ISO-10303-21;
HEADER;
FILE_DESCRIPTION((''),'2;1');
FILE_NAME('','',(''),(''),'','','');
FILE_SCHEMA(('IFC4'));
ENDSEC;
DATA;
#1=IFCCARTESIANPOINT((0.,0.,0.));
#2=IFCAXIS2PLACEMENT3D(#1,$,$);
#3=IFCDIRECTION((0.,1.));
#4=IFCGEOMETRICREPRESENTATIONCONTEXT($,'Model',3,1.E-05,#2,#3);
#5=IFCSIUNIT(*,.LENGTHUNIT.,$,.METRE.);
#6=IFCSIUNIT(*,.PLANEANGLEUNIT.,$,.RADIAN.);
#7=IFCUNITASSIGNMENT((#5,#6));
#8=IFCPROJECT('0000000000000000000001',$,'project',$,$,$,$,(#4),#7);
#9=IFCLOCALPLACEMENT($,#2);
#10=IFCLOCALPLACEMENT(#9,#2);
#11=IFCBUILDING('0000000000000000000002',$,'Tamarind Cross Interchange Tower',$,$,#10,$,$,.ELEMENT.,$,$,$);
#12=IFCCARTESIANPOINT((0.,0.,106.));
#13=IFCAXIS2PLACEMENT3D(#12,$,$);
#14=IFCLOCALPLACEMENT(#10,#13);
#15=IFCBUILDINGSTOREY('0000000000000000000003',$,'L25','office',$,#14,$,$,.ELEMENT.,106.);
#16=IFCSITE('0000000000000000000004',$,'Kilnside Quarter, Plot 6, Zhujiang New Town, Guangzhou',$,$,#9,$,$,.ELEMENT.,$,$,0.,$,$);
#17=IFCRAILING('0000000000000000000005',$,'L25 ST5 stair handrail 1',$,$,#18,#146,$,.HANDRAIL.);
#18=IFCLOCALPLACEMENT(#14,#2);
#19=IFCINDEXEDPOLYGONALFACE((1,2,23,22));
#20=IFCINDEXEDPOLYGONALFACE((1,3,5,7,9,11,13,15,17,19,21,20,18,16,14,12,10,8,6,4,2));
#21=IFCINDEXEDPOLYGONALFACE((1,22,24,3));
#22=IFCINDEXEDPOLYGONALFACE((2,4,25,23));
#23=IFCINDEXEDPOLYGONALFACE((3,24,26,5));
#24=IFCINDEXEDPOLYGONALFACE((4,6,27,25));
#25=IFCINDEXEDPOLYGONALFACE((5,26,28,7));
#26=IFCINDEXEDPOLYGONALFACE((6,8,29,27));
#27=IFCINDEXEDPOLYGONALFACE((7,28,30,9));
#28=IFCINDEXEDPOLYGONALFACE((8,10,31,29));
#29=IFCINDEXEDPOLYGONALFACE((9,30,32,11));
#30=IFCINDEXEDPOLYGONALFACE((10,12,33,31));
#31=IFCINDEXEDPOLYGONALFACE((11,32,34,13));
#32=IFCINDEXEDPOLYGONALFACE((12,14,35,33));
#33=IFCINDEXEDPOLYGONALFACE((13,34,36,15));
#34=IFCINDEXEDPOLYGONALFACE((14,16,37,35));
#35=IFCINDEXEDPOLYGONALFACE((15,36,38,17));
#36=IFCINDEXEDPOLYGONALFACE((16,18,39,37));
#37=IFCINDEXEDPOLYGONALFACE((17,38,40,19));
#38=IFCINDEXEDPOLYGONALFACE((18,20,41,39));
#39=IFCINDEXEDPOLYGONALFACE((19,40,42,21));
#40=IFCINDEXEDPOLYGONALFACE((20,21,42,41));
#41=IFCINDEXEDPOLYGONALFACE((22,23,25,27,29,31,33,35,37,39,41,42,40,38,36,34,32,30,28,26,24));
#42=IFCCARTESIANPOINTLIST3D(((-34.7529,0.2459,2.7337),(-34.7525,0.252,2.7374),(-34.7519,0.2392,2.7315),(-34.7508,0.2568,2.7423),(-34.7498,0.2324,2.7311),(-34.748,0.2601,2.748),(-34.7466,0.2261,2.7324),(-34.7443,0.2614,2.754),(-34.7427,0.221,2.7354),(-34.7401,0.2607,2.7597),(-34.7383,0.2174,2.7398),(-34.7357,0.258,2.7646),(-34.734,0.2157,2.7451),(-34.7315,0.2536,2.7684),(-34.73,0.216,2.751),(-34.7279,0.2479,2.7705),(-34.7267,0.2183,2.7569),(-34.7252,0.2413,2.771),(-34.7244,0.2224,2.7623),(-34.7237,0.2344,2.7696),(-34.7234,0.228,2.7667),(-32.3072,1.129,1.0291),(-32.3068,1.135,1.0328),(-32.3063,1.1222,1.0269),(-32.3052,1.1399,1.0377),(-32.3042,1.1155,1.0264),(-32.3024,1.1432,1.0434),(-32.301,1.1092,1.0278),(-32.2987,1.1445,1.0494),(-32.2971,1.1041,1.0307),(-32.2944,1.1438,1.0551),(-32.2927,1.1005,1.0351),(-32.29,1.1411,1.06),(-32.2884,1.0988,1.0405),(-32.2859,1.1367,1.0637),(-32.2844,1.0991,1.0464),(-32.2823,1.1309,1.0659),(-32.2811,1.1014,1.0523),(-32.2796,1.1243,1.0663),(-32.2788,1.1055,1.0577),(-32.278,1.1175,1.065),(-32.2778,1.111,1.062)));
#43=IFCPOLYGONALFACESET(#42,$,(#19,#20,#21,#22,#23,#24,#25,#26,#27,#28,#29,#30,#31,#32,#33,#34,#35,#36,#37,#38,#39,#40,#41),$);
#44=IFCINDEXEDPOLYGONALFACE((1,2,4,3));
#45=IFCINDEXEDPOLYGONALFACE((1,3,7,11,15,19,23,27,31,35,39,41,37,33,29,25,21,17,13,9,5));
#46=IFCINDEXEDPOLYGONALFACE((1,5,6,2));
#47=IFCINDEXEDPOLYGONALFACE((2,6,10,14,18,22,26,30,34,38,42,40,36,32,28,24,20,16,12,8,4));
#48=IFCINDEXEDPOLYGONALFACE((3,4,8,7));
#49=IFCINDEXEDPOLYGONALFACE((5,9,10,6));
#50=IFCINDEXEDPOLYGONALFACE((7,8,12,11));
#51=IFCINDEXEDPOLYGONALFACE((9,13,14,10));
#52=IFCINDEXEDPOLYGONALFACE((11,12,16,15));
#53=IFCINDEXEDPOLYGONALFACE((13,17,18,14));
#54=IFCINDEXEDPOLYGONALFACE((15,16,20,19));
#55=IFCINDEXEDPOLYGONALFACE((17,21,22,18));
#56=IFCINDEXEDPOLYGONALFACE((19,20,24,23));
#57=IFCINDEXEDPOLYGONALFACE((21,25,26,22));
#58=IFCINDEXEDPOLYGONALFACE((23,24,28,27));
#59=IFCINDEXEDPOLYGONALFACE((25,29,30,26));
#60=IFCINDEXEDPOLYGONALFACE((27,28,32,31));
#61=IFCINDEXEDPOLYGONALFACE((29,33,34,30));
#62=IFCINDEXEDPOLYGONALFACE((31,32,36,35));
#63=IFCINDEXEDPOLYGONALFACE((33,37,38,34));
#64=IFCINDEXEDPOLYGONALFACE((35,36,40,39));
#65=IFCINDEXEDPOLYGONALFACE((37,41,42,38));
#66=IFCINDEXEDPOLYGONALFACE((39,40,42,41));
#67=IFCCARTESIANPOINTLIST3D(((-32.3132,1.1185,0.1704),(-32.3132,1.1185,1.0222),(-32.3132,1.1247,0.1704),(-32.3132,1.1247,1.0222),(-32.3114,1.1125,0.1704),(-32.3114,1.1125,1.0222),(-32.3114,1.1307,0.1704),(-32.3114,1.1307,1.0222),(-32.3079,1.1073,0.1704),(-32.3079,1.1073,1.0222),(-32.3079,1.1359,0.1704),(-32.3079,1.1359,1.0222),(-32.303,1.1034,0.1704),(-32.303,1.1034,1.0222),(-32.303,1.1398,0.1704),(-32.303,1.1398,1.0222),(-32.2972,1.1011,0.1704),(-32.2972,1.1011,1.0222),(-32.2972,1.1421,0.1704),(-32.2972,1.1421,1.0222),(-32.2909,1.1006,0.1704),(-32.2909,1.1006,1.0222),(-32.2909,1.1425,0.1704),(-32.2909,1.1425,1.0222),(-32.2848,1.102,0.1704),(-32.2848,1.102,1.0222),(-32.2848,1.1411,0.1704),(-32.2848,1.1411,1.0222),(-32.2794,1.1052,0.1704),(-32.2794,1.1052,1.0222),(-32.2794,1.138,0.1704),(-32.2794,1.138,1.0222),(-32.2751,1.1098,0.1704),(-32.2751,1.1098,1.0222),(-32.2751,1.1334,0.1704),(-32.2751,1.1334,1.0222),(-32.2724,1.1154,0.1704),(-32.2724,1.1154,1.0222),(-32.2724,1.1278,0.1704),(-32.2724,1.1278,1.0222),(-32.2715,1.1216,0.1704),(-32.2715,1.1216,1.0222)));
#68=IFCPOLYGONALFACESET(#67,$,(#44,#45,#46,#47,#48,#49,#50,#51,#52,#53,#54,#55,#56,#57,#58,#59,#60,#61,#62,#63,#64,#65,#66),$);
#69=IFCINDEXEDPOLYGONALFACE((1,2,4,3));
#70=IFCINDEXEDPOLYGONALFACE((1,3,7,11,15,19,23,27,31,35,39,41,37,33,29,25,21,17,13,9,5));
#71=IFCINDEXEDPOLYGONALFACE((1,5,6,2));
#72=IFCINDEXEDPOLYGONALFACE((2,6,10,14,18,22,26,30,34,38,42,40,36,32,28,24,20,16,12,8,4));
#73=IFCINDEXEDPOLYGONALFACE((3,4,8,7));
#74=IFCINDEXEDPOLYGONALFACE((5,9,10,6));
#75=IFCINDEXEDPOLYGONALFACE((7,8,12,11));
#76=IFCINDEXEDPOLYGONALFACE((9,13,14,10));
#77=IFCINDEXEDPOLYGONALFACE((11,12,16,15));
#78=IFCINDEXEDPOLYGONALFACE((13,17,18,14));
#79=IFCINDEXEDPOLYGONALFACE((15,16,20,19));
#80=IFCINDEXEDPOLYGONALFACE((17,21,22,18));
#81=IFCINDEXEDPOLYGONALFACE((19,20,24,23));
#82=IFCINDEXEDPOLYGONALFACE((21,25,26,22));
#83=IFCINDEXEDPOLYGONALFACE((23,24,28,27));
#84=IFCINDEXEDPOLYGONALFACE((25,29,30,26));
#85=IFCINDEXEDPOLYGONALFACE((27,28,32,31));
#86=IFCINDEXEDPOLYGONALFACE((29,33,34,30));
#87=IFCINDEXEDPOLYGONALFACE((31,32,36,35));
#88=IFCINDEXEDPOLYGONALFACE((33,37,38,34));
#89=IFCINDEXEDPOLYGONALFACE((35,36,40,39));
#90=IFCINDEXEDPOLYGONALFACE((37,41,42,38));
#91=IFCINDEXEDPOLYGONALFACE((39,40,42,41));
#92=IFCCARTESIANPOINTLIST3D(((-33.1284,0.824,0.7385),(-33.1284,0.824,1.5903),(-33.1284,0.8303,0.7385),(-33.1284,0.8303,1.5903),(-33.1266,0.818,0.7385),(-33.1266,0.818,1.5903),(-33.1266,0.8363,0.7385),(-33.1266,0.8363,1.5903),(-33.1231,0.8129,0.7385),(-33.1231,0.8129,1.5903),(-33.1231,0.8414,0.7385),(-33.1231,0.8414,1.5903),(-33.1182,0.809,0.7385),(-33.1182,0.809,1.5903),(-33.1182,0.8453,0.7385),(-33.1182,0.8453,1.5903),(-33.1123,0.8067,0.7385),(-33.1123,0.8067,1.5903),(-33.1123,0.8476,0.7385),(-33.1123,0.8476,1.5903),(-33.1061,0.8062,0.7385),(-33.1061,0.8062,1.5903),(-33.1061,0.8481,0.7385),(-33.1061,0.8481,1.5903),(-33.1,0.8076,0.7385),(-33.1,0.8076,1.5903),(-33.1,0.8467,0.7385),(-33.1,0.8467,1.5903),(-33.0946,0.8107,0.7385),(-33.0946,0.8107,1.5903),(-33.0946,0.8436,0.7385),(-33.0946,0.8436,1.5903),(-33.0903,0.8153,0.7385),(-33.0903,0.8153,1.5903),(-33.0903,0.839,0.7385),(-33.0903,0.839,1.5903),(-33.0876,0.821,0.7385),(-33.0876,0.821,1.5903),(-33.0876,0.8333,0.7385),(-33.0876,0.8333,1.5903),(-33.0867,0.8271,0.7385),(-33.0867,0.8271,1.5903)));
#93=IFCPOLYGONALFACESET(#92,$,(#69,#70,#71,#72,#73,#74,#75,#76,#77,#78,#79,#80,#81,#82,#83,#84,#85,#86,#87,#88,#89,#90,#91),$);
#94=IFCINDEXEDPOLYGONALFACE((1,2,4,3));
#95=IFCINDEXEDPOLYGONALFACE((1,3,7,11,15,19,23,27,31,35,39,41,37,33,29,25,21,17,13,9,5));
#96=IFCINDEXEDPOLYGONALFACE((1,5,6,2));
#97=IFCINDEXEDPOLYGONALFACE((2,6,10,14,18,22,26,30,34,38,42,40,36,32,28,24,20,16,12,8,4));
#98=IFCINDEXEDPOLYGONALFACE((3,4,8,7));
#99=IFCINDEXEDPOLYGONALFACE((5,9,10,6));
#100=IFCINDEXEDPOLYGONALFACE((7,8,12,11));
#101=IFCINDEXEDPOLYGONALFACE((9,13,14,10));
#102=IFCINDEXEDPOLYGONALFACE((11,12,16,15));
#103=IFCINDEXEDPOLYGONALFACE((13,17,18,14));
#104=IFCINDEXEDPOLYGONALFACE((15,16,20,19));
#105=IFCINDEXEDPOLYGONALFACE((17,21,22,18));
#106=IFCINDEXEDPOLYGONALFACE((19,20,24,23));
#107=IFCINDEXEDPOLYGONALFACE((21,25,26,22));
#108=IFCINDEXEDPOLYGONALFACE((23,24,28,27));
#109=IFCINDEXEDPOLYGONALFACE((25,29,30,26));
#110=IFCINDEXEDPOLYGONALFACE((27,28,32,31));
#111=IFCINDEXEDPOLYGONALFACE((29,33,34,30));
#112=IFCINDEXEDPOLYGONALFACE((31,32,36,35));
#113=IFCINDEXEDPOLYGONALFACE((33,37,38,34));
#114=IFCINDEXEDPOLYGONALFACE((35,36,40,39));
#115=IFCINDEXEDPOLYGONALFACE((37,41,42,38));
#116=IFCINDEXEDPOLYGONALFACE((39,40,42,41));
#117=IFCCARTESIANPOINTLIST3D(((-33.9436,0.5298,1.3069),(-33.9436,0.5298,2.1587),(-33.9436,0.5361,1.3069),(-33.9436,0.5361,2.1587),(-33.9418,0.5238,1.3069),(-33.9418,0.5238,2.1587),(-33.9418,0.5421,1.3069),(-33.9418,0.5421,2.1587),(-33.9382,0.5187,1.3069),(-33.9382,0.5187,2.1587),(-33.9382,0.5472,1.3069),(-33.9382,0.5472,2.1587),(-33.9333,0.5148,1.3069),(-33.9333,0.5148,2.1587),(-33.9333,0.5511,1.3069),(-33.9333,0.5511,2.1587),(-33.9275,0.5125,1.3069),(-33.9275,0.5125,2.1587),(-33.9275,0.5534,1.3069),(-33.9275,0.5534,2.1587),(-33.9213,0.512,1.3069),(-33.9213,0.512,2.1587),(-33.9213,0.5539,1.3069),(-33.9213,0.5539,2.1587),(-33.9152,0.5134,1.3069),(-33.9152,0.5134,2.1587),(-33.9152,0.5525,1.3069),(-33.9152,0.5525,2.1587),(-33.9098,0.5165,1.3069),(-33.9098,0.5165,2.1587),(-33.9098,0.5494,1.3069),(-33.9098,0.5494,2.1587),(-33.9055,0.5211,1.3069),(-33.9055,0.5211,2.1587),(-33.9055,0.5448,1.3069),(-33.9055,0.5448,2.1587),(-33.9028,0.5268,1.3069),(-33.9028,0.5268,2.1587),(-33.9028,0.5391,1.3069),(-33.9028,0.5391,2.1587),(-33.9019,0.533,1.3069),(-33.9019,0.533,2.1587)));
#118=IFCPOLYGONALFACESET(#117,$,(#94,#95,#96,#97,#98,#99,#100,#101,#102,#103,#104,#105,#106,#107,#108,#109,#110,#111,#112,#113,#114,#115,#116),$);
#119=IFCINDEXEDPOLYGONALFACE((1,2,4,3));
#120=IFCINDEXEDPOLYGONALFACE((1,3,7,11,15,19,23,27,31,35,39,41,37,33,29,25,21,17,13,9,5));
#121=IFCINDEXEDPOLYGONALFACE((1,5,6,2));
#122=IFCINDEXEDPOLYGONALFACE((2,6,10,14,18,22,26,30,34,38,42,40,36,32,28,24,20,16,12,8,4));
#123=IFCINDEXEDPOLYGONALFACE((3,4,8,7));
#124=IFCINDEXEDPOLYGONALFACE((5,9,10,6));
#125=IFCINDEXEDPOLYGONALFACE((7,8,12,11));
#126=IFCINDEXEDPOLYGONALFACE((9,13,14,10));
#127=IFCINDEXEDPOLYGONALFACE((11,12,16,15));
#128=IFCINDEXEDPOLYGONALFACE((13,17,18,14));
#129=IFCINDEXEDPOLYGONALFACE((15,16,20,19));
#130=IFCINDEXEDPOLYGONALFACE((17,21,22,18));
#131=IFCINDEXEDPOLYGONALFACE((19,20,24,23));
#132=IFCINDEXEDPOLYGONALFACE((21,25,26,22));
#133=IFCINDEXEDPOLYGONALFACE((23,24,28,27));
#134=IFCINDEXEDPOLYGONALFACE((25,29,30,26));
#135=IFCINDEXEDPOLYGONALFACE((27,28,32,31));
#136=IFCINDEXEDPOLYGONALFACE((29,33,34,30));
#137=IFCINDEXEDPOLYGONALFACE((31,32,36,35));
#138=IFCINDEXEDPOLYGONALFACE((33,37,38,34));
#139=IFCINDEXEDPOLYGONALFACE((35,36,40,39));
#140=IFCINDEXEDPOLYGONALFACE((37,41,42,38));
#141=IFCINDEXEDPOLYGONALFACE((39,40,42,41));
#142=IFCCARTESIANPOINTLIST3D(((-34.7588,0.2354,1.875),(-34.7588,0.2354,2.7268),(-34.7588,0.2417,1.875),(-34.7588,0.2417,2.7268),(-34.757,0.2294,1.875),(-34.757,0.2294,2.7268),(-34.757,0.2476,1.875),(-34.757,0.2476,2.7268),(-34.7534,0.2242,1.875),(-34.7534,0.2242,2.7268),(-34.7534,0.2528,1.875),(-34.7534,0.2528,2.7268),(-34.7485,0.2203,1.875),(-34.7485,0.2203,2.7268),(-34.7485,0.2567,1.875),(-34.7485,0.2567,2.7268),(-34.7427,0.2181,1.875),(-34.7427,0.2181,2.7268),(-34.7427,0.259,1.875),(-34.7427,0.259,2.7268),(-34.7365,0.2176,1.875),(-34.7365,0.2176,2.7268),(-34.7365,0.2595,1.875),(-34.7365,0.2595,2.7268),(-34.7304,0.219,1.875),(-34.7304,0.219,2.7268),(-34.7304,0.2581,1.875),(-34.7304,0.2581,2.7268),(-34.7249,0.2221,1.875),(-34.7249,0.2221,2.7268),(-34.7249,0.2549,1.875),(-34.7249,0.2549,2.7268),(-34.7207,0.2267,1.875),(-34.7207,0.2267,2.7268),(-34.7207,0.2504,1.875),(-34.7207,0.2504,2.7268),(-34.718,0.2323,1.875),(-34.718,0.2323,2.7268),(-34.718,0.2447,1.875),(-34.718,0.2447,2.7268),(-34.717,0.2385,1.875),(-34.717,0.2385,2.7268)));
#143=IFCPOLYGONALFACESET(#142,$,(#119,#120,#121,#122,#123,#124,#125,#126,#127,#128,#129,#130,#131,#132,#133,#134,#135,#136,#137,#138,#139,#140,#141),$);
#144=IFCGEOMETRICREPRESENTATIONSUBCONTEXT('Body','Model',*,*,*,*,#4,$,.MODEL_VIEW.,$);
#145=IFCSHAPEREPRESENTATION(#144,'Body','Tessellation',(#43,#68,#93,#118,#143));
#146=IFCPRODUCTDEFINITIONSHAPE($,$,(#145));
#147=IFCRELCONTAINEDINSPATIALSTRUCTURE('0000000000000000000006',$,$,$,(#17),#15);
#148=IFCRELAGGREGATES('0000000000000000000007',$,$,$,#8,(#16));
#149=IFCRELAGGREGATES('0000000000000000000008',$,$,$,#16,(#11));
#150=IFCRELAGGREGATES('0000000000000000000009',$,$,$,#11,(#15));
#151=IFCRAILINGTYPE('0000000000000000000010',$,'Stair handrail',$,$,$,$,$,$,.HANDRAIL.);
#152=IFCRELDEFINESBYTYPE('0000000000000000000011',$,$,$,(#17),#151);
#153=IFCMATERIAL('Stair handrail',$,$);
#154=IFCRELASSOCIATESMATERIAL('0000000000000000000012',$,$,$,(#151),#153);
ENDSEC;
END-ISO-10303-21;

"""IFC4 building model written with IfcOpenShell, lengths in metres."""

from ifc_helpers import new_model, si_unit, direction, frame, origin, origin_2d, place, context, subcontext, project, spatial, circle, extrude, material, type_object, element, save


model = new_model("IFC4")

# Units and contexts
model_context = context("Model", 3, precision=1e-05, world=origin(), true_north=direction((0.0, 1.0)))
body_context = subcontext(model_context, "Body", "Model", "MODEL_VIEW")
ifc_project = project(units=[si_unit("LENGTHUNIT", "METRE"), si_unit("PLANEANGLEUNIT", "RADIAN")], contexts=[model_context])

# Site, building, storey
site_placement = place(None, origin())
site = spatial("IfcSite", under=ifc_project, at=site_placement, Name="Kilnside Quarter, Plot 6, Zhujiang New Town, Guangzhou", CompositionType="ELEMENT", RefElevation=0.0)
building_placement = place(site_placement, origin())
building = spatial("IfcBuilding", under=site, at=building_placement, Name="Tamarind Cross Interchange Tower", CompositionType="ELEMENT")
storey_placement = place(building_placement, frame((0.0, 0.0, 106.0)))
storey = spatial("IfcBuildingStorey", under=building, at=storey_placement, Name="L25", Description="office", CompositionType="ELEMENT", Elevation=106.0)

# Railing
ifc_material_1 = material(Name="Stair handrail")
railing_type = type_object("IfcRailingType", Name="Stair handrail", PredefinedType="HANDRAIL", material=ifc_material_1)
railing_placement = place(storey_placement, frame((-32.2925, 1.1216, 0.1704)))
element("IfcRailing", 1, at=railing_placement, inside=storey, type_object=railing_type, Name="L25 ST5 stair handrail 1", PredefinedType="HANDRAIL", context=body_context, shape_type="SweptSolid", body=[
    extrude(circle(Radius=0.0239, at=origin_2d()), frame((0.0, 0.0, 0.876), z_axis=(-0.786594, -0.284028, 0.548268), x_axis=(0.339624, -0.940561, 0.0)), (0.0, 0.0, 1.0), 3.1091),
    extrude(circle(Radius=0.021, at=origin_2d()), origin(), (0.0, 0.0, 1.0), 0.8518),
    extrude(circle(Radius=0.021, at=origin_2d()), frame((-0.8152, -0.2944, 0.5681)), (0.0, 0.0, 1.0), 0.8518),
    extrude(circle(Radius=0.021, at=origin_2d()), frame((-1.6304, -0.5886, 1.1365)), (0.0, 0.0, 1.0), 0.8518),
    extrude(circle(Radius=0.021, at=origin_2d()), frame((-2.4456, -0.8831, 1.7046)), (0.0, 0.0, 1.0), 0.8518),
])

save(model, "model.ifc")
